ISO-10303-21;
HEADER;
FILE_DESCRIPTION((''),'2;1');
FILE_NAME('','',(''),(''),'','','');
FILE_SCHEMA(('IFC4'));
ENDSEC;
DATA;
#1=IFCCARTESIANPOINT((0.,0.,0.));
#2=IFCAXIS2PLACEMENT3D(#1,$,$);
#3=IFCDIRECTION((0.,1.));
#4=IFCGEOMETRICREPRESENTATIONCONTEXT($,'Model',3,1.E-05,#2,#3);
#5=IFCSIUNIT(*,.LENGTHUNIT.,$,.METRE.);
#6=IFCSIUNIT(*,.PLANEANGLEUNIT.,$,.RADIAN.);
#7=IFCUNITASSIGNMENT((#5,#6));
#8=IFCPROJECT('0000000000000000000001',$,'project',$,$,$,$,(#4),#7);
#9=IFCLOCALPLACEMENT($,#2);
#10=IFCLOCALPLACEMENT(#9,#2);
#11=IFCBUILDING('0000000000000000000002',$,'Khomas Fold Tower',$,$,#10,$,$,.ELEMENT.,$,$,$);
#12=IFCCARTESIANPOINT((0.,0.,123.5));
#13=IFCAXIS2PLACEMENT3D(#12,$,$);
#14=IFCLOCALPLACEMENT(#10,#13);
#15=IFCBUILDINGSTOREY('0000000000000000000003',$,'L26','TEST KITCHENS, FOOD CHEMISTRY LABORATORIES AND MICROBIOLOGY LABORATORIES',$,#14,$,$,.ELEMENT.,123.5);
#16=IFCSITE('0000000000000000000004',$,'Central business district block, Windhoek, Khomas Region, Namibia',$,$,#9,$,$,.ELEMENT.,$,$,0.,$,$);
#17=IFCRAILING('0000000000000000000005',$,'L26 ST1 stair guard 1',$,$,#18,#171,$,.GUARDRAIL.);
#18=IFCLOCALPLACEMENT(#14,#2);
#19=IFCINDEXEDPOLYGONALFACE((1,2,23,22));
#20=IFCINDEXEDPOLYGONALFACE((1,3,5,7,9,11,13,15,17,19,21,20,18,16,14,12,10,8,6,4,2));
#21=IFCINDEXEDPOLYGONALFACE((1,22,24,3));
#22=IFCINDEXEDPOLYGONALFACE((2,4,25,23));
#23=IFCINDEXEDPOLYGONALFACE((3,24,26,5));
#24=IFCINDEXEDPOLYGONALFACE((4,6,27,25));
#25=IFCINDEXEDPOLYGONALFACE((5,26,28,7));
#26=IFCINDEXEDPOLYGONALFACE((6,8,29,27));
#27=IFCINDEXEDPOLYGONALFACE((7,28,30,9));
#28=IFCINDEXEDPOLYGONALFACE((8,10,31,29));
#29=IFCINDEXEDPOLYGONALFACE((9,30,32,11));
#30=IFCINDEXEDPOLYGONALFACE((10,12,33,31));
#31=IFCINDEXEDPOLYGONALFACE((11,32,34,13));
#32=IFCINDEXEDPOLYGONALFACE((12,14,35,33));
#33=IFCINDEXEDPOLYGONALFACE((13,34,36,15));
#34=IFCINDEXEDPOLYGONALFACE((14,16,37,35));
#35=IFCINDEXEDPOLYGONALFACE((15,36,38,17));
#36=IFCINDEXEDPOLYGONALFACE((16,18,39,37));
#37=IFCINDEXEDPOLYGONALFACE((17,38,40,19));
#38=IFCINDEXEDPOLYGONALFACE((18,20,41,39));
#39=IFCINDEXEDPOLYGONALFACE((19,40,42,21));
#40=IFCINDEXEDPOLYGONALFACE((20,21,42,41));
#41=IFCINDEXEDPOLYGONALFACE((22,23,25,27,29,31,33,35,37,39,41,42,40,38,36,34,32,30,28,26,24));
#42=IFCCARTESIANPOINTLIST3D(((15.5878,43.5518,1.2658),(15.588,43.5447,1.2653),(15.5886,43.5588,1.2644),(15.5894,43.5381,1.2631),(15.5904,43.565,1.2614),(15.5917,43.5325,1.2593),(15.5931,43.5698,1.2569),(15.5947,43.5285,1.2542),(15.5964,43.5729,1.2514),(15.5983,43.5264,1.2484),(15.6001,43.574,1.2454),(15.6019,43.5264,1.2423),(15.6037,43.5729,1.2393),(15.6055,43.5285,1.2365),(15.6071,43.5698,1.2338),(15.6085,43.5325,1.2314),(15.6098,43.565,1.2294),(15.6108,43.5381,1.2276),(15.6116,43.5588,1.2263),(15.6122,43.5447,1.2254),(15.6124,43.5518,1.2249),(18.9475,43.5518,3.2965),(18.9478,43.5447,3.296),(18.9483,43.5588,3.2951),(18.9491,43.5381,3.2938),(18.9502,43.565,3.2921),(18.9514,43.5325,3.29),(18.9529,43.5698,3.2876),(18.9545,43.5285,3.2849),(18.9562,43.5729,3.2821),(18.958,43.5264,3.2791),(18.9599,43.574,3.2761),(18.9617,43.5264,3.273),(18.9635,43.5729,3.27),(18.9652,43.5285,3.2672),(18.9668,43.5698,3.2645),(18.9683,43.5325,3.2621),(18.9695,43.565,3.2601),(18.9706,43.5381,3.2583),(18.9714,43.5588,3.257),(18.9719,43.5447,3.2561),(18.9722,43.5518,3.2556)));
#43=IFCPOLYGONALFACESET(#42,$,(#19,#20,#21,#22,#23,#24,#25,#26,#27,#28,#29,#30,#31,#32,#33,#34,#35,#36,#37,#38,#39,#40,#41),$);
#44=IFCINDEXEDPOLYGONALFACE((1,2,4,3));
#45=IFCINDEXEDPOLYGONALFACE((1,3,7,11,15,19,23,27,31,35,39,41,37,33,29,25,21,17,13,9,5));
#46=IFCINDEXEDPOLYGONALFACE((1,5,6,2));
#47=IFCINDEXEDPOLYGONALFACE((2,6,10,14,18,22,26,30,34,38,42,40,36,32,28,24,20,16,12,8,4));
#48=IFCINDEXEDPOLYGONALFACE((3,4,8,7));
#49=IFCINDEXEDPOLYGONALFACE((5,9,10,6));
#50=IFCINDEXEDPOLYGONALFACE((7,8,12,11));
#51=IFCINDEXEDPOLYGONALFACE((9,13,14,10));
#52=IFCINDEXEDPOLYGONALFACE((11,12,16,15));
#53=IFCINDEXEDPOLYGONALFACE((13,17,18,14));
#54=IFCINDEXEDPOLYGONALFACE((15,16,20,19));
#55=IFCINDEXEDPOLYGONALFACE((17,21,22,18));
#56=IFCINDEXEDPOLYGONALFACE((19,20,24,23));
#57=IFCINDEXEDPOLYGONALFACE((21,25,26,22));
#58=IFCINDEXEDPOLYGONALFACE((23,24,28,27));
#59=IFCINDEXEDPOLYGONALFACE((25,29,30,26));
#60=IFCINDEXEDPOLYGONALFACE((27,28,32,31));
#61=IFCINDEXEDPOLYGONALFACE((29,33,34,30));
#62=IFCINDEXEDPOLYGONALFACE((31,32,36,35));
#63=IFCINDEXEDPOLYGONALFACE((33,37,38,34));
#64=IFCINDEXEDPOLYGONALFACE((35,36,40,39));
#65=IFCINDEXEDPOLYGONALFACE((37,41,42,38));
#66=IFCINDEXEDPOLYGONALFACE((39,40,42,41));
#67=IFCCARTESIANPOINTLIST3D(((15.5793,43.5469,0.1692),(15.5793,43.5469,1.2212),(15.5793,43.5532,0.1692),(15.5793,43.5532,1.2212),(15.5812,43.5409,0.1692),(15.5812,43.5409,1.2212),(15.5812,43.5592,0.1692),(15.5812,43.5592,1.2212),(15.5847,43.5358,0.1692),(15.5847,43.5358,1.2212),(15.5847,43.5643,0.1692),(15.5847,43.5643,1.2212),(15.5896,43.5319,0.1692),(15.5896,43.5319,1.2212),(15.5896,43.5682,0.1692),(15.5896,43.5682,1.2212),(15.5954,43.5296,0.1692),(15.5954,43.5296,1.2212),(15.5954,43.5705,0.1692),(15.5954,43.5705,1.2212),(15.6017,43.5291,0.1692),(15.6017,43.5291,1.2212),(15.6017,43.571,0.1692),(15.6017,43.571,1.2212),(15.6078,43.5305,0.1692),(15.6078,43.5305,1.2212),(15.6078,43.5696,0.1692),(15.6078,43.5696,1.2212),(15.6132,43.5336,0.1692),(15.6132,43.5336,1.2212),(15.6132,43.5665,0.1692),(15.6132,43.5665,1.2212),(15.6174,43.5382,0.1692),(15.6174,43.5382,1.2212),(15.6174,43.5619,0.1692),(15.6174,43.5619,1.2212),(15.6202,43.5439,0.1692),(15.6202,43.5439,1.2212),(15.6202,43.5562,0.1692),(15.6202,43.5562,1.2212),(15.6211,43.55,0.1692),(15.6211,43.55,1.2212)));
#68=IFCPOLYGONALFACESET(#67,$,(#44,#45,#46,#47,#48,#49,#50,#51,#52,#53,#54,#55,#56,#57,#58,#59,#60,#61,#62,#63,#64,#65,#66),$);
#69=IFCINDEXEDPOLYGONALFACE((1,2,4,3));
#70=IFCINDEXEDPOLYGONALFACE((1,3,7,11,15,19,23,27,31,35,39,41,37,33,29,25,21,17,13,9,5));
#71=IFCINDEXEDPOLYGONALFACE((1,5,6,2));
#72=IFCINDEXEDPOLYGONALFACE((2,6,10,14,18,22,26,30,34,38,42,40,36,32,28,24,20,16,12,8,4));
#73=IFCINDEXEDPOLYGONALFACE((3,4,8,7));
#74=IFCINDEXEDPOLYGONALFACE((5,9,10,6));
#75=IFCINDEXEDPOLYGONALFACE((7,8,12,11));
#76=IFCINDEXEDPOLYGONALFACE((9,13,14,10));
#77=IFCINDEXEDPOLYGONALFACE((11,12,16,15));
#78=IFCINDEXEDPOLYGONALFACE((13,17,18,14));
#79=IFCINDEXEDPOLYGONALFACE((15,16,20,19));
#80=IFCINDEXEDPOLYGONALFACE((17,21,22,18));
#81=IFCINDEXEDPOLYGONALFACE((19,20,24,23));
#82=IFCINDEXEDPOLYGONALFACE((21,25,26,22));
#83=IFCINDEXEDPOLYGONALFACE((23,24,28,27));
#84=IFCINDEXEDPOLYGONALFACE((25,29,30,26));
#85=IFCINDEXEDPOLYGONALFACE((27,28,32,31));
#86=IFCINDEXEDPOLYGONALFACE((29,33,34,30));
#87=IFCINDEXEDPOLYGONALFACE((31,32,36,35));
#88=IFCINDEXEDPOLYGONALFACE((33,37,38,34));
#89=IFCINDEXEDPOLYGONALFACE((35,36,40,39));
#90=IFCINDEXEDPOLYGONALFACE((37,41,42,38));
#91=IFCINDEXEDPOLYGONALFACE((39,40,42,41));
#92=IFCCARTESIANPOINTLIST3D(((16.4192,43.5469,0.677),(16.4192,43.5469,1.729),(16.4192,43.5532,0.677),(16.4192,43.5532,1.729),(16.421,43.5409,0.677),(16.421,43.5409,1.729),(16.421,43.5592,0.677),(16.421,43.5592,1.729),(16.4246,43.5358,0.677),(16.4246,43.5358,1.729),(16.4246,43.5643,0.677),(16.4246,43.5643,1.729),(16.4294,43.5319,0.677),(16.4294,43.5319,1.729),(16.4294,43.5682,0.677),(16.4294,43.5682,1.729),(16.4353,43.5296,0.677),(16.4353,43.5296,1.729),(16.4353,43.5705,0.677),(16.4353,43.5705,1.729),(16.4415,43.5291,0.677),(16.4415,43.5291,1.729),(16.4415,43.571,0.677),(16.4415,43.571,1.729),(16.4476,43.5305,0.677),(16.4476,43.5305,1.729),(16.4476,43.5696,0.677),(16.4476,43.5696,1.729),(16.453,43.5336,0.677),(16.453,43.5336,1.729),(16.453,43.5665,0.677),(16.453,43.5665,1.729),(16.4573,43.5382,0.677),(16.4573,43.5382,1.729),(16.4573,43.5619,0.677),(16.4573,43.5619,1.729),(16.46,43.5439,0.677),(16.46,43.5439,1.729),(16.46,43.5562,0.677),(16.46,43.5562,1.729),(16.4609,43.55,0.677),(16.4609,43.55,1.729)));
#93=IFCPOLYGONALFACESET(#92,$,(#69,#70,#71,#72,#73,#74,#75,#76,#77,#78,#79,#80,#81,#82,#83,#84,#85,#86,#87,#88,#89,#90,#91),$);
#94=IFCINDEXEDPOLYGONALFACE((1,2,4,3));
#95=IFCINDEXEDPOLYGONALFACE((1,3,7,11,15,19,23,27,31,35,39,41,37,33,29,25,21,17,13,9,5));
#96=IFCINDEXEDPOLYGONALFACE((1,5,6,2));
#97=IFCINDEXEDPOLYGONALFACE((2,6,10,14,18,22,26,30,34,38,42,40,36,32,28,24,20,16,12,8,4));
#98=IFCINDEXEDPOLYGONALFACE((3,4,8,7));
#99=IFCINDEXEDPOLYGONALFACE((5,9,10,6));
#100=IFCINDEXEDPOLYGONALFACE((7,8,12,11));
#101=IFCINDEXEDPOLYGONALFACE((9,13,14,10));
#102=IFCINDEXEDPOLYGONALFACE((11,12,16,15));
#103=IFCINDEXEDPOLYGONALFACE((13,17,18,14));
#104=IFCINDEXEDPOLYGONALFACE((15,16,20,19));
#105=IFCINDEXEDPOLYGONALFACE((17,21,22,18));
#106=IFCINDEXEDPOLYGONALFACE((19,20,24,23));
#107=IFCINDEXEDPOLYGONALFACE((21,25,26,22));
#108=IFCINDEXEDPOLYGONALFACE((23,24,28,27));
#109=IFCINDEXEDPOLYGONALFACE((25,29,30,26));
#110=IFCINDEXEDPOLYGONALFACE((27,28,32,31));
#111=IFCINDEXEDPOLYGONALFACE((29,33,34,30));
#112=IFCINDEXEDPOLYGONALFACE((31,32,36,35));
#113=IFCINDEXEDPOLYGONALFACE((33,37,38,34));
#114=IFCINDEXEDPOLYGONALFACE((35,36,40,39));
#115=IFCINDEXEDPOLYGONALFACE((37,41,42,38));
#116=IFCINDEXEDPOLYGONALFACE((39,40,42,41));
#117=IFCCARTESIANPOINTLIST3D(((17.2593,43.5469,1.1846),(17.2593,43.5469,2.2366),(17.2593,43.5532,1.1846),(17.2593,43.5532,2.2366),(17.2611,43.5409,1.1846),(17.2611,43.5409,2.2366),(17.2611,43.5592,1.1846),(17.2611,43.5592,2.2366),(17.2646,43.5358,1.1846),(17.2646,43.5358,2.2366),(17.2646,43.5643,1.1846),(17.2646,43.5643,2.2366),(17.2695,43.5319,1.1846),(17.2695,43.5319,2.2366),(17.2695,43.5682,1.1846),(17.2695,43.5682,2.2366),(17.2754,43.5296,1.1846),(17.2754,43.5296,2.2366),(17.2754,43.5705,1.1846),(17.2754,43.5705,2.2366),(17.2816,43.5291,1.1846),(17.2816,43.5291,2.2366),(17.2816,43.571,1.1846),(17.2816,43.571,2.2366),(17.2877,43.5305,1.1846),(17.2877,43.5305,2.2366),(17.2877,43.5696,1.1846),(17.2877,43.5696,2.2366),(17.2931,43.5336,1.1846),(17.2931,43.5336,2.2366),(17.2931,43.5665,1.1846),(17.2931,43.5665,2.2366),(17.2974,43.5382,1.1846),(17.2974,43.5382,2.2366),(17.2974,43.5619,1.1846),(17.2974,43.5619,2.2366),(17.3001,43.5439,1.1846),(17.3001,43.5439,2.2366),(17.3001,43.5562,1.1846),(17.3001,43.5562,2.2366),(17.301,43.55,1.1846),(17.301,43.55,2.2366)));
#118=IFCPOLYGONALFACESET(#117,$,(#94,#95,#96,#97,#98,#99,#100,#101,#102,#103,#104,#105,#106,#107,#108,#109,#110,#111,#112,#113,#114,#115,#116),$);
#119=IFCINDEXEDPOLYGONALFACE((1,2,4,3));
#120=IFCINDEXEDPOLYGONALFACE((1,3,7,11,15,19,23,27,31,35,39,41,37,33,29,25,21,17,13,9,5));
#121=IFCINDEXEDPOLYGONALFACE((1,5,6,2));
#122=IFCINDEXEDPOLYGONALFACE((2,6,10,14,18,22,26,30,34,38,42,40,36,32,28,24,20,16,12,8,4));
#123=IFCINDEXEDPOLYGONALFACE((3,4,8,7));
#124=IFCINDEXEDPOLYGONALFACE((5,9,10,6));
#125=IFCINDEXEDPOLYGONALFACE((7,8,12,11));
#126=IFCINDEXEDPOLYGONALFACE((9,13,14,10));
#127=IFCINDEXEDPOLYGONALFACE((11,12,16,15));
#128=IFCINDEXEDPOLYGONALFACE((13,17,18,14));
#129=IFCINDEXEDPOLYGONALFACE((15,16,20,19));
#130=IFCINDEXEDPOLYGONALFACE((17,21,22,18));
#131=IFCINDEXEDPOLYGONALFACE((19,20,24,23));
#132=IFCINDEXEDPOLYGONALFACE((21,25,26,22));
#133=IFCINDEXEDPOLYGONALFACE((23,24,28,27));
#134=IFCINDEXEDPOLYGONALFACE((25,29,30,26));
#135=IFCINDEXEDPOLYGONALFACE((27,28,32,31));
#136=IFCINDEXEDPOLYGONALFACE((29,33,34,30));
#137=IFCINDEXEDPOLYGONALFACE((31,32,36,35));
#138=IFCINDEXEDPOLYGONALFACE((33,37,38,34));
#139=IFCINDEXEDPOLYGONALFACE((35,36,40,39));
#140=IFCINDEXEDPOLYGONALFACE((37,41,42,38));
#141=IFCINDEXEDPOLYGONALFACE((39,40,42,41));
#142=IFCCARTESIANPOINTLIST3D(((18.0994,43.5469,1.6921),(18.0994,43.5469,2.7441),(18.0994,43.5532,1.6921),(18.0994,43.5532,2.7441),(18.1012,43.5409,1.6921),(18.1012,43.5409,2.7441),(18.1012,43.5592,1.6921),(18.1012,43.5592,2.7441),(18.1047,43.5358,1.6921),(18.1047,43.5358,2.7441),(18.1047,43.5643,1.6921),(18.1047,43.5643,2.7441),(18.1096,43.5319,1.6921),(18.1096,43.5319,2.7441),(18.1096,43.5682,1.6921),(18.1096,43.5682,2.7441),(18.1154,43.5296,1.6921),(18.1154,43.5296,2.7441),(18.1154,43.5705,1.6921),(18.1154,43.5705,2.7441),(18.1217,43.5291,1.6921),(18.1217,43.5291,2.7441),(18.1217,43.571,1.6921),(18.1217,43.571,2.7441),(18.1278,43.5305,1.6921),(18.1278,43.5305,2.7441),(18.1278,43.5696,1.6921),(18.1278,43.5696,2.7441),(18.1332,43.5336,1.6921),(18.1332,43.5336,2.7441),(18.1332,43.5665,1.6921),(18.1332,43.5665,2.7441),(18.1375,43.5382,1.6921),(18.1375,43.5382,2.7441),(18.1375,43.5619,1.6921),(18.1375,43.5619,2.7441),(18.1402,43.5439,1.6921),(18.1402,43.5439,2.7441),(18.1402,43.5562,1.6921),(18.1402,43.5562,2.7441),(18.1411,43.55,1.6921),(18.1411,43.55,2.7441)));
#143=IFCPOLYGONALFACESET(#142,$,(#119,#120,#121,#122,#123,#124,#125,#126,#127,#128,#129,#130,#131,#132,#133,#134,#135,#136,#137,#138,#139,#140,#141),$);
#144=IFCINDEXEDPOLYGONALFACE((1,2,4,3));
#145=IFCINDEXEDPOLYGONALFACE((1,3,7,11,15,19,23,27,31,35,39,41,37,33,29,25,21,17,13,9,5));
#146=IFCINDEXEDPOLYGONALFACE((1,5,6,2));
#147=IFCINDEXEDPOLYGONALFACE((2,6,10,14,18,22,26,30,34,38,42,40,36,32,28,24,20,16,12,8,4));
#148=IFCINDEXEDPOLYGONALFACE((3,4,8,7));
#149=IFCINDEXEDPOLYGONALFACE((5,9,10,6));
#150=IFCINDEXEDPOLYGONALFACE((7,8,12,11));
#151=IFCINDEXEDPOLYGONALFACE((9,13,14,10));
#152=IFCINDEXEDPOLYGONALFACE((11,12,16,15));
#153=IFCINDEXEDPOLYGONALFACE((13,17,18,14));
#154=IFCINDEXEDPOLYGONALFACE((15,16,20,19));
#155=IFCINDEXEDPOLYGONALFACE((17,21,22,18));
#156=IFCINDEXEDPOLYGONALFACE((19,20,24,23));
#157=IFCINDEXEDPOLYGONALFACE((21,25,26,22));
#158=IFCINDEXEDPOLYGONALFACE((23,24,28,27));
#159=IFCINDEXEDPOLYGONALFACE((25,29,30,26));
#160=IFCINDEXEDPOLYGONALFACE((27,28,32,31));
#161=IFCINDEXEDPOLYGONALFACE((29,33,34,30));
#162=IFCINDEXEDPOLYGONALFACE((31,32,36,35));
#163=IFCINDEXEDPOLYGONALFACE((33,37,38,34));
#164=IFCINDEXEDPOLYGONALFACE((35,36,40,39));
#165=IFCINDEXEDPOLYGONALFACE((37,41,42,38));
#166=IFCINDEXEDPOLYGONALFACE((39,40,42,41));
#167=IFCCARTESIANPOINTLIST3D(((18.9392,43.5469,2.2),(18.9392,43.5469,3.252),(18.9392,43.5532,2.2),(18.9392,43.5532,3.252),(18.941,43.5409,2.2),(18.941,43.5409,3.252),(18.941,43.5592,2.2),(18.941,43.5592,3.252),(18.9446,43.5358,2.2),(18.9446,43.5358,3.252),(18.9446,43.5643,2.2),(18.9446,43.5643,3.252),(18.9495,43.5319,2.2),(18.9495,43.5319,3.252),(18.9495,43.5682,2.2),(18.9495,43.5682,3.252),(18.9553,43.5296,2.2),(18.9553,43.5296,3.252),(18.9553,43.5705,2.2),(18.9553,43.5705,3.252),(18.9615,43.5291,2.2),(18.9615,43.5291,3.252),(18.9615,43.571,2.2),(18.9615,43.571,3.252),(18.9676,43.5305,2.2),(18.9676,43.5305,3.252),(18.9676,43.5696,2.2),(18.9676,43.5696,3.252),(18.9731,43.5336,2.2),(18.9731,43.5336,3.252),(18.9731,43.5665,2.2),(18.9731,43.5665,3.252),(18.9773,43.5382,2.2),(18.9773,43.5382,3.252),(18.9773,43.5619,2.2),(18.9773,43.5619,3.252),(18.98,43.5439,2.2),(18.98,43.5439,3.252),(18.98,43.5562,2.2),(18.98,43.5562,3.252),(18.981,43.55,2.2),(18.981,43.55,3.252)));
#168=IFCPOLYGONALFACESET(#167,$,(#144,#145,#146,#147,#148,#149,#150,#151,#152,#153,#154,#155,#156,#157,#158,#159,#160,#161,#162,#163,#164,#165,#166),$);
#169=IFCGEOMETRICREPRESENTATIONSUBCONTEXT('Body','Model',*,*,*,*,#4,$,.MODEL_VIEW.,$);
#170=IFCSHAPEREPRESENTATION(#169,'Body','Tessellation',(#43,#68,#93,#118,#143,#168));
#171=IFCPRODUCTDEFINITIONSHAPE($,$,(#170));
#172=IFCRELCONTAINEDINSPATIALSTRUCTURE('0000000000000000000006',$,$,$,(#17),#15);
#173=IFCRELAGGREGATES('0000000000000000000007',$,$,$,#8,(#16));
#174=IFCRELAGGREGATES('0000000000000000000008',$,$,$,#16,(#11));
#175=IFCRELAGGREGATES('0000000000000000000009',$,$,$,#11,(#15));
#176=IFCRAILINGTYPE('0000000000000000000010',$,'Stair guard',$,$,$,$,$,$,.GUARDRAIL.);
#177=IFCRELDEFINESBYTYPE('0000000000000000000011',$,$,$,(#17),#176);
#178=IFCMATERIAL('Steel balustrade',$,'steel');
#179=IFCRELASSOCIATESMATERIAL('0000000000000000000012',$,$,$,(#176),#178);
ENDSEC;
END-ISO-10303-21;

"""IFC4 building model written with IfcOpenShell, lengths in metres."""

from ifc_helpers import new_model, si_unit, direction, frame, origin, origin_2d, place, context, subcontext, project, spatial, circle, extrude, source, transform, mapped, material, type_object, element, save


model = new_model("IFC4")

# Units and contexts
model_context = context("Model", 3, precision=1e-05, world=origin(), true_north=direction((0.0, 1.0)))
body_context = subcontext(model_context, "Body", "Model", "MODEL_VIEW")
ifc_project = project(units=[si_unit("LENGTHUNIT", "METRE"), si_unit("PLANEANGLEUNIT", "RADIAN")], contexts=[model_context])

# Site, building, storey
site_placement = place(None, origin())
site = spatial("IfcSite", under=ifc_project, at=site_placement, Name="Central business district block, Windhoek, Khomas Region, Namibia", CompositionType="ELEMENT", RefElevation=0.0)
building_placement = place(site_placement, origin())
building = spatial("IfcBuilding", under=site, at=building_placement, Name="Khomas Fold Tower", CompositionType="ELEMENT")
storey_placement = place(building_placement, frame((0.0, 0.0, 123.5)))
storey = spatial("IfcBuildingStorey", under=building, at=storey_placement, Name="L26", Description="TEST KITCHENS, FOOD CHEMISTRY LABORATORIES AND MICROBIOLOGY LABORATORIES", CompositionType="ELEMENT", Elevation=123.5)

# Railing
ifc_material_1 = material(Name="Steel balustrade", Category="steel")
railing_type_1 = type_object("IfcRailingType", Name="Stair guard", PredefinedType="GUARDRAIL", material=ifc_material_1)
shared_shape_1 = source(origin(), body_context, "Body", "SweptSolid", [
    extrude(circle(Radius=0.0239, at=origin_2d()), frame((0.0, 0.0, 1.0762), z_axis=(0.85582, 0.0, 0.517273), x_axis=(0.0, 1.0, 0.0)), (0.0, 0.0, 1.0), 3.9258),
    extrude(circle(Radius=0.021, at=origin_2d()), origin(), (0.0, 0.0, 1.0), 1.052),
    extrude(circle(Radius=0.021, at=origin_2d()), frame((0.8398, 0.0, 0.5078)), (0.0, 0.0, 1.0), 1.052),
    extrude(circle(Radius=0.021, at=origin_2d()), frame((1.6799, 0.0, 1.0154)), (0.0, 0.0, 1.0), 1.052),
    extrude(circle(Radius=0.021, at=origin_2d()), frame((2.52, 0.0, 1.5229)), (0.0, 0.0, 1.0), 1.052),
    extrude(circle(Radius=0.021, at=origin_2d()), frame((3.3599, 0.0, 2.0308)), (0.0, 0.0, 1.0), 1.052),
])
railing_1_placement = place(storey_placement, frame((15.6001, 43.55, 0.1692)))
element("IfcRailing", 1, at=railing_1_placement, inside=storey, type_object=railing_type_1, Name="L26 ST1 stair guard 1", PredefinedType="GUARDRAIL", context=body_context, shape_type="MappedRepresentation", body=[
    mapped(shared_shape_1, transform((0.0, 0.0, 0.0))),
])

save(model, "model.ifc")
